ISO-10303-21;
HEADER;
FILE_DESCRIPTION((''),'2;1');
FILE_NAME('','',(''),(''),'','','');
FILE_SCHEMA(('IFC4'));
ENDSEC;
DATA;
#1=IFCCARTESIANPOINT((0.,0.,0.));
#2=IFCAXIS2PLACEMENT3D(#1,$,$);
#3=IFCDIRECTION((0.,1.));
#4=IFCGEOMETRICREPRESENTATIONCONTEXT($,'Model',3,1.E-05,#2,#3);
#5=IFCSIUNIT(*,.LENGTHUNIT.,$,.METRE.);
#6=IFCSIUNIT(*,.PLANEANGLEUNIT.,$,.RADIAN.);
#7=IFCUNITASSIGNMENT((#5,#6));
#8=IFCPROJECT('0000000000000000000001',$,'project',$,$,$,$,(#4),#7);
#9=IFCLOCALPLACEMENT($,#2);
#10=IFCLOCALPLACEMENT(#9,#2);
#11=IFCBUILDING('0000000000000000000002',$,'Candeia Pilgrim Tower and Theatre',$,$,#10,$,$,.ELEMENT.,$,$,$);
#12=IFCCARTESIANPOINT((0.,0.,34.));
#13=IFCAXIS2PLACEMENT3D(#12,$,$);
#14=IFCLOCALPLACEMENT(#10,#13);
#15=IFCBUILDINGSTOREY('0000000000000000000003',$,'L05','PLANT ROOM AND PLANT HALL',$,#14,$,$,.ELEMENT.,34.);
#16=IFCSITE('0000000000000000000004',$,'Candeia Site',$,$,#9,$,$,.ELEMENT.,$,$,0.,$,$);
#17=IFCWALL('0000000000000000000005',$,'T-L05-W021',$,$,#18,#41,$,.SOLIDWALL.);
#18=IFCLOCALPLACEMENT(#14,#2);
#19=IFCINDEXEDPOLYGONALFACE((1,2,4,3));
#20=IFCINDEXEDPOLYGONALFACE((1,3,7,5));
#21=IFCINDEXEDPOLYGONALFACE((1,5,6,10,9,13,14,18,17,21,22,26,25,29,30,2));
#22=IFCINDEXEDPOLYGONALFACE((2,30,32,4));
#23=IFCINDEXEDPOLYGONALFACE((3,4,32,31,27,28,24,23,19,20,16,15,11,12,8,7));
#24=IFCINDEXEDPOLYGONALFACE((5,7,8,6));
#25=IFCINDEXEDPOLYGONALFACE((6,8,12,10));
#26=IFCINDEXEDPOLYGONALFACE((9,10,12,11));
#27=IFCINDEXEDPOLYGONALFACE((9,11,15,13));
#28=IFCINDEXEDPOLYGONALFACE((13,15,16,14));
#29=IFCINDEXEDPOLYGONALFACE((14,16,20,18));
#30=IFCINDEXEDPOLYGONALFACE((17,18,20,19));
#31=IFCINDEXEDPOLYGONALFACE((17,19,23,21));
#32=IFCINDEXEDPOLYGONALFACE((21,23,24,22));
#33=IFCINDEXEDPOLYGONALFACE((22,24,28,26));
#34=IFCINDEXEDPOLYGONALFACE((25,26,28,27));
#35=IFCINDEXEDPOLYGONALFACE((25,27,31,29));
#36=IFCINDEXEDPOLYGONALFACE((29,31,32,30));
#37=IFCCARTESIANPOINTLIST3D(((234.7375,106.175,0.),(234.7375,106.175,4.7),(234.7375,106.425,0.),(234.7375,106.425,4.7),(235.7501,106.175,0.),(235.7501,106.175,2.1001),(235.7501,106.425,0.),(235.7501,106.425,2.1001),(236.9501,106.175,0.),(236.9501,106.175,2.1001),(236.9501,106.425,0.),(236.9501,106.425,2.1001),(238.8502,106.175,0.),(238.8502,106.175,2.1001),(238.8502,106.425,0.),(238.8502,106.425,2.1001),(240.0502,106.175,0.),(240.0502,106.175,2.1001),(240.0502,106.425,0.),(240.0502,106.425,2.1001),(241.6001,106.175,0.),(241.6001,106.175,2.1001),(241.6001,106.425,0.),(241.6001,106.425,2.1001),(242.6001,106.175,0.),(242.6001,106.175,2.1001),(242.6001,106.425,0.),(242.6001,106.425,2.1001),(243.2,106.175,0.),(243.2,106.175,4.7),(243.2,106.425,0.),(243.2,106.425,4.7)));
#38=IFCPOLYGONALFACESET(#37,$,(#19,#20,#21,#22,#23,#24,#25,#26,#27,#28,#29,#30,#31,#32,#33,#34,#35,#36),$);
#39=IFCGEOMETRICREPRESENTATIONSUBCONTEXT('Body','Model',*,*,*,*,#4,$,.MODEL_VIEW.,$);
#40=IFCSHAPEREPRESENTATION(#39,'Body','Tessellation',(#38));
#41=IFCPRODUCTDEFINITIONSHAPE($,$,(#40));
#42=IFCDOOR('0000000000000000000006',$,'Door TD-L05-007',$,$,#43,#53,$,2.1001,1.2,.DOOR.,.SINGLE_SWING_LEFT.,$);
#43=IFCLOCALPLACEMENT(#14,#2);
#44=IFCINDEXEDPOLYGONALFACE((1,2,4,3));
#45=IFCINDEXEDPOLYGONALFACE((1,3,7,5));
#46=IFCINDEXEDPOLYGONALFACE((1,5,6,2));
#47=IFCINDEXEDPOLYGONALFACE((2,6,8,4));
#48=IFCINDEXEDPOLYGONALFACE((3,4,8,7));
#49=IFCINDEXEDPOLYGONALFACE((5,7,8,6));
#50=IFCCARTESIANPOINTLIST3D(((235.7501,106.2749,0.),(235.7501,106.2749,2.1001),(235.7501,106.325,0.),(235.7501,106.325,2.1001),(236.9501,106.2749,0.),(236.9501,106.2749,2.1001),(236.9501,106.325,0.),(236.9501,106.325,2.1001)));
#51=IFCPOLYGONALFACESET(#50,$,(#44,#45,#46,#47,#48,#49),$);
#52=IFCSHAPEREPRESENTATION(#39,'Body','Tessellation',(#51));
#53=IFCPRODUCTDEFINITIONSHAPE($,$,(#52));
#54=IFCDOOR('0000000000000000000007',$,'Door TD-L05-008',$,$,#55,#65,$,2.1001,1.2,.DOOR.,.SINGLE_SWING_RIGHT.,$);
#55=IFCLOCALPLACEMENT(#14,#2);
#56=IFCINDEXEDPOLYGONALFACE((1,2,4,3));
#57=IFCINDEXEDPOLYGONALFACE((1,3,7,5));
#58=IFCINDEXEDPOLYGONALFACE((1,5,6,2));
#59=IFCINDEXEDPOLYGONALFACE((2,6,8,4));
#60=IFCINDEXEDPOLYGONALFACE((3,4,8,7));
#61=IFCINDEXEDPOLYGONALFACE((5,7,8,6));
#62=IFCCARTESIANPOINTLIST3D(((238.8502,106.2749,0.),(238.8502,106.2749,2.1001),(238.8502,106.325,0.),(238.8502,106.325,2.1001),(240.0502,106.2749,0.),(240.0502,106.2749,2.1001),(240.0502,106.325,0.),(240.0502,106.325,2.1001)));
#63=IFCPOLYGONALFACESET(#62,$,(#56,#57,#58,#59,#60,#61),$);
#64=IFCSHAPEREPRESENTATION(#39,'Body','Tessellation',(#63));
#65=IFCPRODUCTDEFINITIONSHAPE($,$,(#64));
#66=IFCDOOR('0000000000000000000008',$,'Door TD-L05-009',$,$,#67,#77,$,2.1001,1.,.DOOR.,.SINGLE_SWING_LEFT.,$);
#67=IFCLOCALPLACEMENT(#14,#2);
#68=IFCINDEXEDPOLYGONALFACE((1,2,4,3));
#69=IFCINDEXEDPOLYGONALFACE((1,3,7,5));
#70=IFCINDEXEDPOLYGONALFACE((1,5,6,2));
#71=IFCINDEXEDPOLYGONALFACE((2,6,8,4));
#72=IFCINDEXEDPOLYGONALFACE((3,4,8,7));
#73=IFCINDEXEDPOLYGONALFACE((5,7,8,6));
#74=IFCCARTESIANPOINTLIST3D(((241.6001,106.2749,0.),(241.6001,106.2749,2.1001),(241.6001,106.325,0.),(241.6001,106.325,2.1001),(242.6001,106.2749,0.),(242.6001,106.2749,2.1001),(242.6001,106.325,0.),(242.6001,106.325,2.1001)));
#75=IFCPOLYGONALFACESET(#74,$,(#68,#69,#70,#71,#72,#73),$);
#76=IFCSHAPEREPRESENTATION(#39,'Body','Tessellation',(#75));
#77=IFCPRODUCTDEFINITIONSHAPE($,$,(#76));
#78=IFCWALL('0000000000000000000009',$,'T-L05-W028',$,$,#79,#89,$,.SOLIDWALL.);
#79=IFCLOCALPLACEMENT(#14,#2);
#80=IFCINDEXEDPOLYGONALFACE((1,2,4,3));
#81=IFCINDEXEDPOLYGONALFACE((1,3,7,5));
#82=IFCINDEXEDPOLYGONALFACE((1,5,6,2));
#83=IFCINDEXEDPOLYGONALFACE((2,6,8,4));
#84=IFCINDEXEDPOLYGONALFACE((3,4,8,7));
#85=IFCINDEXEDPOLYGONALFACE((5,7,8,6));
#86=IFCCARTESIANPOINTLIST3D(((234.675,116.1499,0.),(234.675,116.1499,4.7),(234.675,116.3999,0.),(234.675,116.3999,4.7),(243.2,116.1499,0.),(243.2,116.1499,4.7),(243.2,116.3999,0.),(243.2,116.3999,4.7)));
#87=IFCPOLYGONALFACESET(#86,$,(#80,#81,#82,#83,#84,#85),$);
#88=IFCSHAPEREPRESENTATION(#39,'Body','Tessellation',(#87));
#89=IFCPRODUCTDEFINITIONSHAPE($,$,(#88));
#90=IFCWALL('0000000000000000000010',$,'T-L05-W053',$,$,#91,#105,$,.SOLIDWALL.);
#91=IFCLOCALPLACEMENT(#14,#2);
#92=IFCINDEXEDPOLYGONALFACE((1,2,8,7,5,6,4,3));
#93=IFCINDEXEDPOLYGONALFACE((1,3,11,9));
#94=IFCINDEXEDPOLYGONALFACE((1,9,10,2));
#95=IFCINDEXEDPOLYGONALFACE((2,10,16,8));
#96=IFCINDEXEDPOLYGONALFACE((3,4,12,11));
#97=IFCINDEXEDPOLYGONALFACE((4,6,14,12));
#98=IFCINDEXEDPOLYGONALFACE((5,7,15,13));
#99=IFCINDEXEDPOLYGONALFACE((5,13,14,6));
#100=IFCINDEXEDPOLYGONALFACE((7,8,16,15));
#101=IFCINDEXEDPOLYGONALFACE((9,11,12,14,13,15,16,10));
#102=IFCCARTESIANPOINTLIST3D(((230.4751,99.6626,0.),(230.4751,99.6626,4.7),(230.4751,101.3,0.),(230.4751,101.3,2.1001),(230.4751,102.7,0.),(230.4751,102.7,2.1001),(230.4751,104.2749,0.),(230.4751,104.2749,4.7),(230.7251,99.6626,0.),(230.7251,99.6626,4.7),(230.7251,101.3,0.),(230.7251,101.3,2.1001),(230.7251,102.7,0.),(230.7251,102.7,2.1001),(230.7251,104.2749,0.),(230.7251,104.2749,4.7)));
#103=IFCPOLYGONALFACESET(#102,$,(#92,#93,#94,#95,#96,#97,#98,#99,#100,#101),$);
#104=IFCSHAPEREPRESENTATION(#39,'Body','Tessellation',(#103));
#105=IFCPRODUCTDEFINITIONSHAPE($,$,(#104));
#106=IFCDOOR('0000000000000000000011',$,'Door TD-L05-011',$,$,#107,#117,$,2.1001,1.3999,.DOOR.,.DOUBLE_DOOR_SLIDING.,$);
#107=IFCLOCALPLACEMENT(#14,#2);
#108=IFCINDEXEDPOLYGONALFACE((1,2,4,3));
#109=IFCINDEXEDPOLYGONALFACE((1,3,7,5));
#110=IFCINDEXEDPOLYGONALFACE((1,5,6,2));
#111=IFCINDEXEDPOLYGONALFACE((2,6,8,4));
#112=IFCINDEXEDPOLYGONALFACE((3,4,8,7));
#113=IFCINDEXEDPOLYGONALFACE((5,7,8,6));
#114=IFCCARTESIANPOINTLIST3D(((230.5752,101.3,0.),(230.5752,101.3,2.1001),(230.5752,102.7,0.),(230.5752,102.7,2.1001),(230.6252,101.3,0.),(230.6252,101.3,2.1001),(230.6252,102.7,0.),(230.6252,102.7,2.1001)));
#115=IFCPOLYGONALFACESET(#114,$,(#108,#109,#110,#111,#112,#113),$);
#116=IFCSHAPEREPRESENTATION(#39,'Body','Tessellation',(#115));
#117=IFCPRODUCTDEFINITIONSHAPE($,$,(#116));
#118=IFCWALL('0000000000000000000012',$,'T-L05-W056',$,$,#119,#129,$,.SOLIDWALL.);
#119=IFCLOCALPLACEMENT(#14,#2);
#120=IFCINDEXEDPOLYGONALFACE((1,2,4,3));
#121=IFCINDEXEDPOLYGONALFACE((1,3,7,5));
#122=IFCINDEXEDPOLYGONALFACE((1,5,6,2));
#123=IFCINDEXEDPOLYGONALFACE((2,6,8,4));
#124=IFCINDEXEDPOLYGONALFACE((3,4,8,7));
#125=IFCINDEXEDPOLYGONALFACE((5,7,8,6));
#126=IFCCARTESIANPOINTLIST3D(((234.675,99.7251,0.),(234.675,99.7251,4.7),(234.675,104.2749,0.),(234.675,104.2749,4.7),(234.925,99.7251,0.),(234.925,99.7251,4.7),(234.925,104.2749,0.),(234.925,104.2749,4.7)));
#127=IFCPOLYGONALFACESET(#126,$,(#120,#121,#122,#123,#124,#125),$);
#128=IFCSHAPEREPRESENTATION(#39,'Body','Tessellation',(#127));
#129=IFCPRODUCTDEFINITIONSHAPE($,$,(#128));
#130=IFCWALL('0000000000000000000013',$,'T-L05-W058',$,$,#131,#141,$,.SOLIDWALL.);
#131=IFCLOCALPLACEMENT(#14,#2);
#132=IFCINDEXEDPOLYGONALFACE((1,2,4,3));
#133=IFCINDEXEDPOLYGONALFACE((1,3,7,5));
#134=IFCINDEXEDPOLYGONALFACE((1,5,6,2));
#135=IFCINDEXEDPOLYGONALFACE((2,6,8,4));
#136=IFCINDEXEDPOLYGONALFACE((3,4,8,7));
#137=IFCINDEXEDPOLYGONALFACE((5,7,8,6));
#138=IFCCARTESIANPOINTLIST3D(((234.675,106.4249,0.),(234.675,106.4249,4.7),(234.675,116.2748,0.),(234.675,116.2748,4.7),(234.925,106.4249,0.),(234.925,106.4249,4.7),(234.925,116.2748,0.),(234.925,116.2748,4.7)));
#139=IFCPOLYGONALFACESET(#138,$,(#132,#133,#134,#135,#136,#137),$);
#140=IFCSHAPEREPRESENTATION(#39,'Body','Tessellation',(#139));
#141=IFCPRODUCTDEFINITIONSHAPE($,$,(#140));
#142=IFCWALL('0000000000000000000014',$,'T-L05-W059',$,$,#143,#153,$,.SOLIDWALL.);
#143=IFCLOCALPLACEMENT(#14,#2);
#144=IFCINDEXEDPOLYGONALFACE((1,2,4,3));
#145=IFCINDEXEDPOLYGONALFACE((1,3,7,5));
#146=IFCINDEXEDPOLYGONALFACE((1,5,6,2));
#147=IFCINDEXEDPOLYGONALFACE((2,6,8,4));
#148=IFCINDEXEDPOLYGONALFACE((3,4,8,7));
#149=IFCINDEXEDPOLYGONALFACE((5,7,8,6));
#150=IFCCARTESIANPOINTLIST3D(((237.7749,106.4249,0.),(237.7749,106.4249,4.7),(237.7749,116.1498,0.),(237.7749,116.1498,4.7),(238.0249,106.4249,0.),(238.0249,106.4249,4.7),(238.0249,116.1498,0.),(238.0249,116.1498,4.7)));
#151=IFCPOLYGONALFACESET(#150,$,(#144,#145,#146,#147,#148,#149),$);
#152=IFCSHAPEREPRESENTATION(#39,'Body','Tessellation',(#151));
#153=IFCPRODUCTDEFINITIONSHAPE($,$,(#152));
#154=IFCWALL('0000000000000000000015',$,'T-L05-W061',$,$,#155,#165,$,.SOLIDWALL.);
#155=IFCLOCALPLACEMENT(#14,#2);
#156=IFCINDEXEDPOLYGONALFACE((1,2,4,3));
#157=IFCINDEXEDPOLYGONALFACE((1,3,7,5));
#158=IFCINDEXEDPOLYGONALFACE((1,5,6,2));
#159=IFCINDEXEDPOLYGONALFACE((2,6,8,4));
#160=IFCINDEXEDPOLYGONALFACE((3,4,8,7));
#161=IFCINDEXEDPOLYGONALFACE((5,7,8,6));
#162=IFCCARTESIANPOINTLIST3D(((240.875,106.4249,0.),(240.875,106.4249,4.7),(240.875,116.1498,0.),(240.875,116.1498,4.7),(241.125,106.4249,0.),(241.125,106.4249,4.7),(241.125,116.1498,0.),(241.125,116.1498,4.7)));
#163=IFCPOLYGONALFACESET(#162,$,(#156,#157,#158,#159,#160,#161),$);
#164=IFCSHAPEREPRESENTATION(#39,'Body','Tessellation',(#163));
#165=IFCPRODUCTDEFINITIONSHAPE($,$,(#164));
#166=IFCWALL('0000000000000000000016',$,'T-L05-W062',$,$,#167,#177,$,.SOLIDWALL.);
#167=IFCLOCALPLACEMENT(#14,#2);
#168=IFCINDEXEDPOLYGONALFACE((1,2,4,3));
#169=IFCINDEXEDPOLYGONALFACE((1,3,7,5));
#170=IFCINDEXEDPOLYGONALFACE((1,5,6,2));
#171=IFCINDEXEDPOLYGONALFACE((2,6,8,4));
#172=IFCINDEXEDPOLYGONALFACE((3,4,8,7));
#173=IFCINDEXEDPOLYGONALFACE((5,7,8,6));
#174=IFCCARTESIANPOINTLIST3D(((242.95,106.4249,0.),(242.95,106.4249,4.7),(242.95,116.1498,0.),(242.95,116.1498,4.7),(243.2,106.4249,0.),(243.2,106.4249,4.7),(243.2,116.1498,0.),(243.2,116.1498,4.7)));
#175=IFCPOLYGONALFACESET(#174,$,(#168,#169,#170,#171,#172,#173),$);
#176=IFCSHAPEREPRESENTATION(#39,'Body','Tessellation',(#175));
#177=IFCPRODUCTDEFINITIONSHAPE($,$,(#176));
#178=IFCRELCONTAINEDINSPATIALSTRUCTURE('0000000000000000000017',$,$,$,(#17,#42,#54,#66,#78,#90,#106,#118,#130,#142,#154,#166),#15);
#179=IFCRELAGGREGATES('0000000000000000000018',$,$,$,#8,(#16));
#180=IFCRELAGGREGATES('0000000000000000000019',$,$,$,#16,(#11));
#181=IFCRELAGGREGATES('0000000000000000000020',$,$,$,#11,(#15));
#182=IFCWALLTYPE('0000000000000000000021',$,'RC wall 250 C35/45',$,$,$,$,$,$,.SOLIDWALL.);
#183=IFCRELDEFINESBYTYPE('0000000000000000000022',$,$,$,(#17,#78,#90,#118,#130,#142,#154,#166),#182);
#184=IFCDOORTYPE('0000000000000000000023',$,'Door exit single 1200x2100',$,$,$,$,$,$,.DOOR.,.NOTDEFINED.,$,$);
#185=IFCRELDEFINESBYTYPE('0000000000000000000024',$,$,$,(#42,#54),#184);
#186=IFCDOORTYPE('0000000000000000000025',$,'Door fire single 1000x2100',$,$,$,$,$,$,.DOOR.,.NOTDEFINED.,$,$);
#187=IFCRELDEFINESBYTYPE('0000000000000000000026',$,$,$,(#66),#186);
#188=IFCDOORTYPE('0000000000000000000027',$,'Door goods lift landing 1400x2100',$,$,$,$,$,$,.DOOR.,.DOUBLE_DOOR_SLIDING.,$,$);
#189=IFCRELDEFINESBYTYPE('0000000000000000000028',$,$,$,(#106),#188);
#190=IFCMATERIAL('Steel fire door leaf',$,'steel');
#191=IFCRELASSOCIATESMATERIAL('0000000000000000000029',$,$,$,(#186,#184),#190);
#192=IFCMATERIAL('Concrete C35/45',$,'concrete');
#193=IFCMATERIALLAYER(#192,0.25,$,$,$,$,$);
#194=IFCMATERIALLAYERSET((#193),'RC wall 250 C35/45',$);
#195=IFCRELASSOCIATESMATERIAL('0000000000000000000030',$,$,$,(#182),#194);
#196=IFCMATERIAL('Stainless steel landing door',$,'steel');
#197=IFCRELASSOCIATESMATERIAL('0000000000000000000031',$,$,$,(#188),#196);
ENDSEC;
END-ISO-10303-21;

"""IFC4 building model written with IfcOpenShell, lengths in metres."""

from ifc_helpers import new_model, si_unit, direction, frame, frame_2d, origin, place, context, subcontext, project, spatial, rectangle, extrude, material, layer, layer_set, type_object, element, fill, save


model = new_model("IFC4")

# Units and contexts
model_context = context("Model", 3, precision=1e-05, world=origin(), true_north=direction((0.0, 1.0)))
body_context = subcontext(model_context, "Body", "Model", "MODEL_VIEW")
ifc_project = project(units=[si_unit("LENGTHUNIT", "METRE"), si_unit("PLANEANGLEUNIT", "RADIAN")], contexts=[model_context])

# Site, building, storey
site_placement = place(None, origin())
site = spatial("IfcSite", under=ifc_project, at=site_placement, Name="Candeia Site", CompositionType="ELEMENT", RefElevation=0.0)
building_placement = place(site_placement, origin())
building = spatial("IfcBuilding", under=site, at=building_placement, Name="Candeia Pilgrim Tower and Theatre", CompositionType="ELEMENT")
storey_placement = place(building_placement, frame((0.0, 0.0, 34.0)))
storey = spatial("IfcBuildingStorey", under=building, at=storey_placement, Name="L05", Description="PLANT ROOM AND PLANT HALL", CompositionType="ELEMENT", Elevation=34.0)

# Shared definitions
ifc_material_1 = material(Name="Steel fire door leaf", Category="steel")
door_type_1 = type_object("IfcDoorType", Name="Door fire single 1000x2100", OperationType="NOTDEFINED", PredefinedType="DOOR", material=ifc_material_1)

# Shared definitions
ifc_material_2 = material(Name="Concrete C35/45", Category="concrete")
ifc_layer_1 = layer(ifc_material_2, 0.25)
ifc_layer_set_1 = layer_set([ifc_layer_1], Name="RC wall 250 C35/45")
wall_type_1 = type_object("IfcWallType", Name="RC wall 250 C35/45", PredefinedType="SOLIDWALL", material=ifc_layer_set_1)

# Wall, openings, doors
wall_1_placement = place(storey_placement, frame((234.7375, 106.3, 0.0), z_axis=(0.0, 0.0, 1.0), x_axis=(1.0, 0.0, 0.0)))
wall_1 = element("IfcWall", 1, at=wall_1_placement, inside=storey, type_object=wall_type_1, Name="T-L05-W021", PredefinedType="SOLIDWALL", context=body_context, shape_type="SweptSolid", body=[
    extrude(rectangle(XDim=8.4624, YDim=0.25, at=frame_2d((4.2312, 0.0))), origin(), (0.0, 0.0, 1.0), 4.7),
])
opening_1_placement = place(wall_1_placement, frame((1.0125, 0.0, 0.0)))
opening_1 = element("IfcOpeningElement", 2, at=opening_1_placement, cuts=wall_1, PredefinedType="OPENING", context=body_context, shape_type="SweptSolid", body=[
    extrude(rectangle(XDim=1.2, YDim=2.1001, at=frame_2d((0.6001, 1.05))), frame((0.0, 0.135, 0.0), z_axis=(0.0, -1.0, 0.0), x_axis=(1.0, 0.0, 0.0)), (0.0, 0.0, 1.0), 0.27),
])
opening_2_placement = place(wall_1_placement, frame((4.1125, 0.0, 0.0)))
opening_2 = element("IfcOpeningElement", 3, at=opening_2_placement, cuts=wall_1, PredefinedType="OPENING", context=body_context, shape_type="SweptSolid", body=[
    extrude(rectangle(XDim=1.2, YDim=2.1001, at=frame_2d((0.6001, 1.05))), frame((0.0, 0.135, 0.0), z_axis=(0.0, -1.0, 0.0), x_axis=(1.0, 0.0, 0.0)), (0.0, 0.0, 1.0), 0.27),
])
opening_3_placement = place(wall_1_placement, frame((6.8625, 0.0, 0.0)))
opening_3 = element("IfcOpeningElement", 4, at=opening_3_placement, cuts=wall_1, PredefinedType="OPENING", context=body_context, shape_type="SweptSolid", body=[
    extrude(rectangle(XDim=1.0, YDim=2.1001, at=frame_2d((0.5, 1.05))), frame((0.0, 0.135, 0.0), z_axis=(0.0, -1.0, 0.0), x_axis=(1.0, 0.0, 0.0)), (0.0, 0.0, 1.0), 0.27),
])
door_type_2 = type_object("IfcDoorType", Name="Door exit single 1200x2100", OperationType="NOTDEFINED", PredefinedType="DOOR", material=ifc_material_1)
door_1_placement = place(opening_1_placement, origin())
door_1 = element("IfcDoor", 5, at=door_1_placement, inside=storey, type_object=door_type_2, Name="Door TD-L05-007", OperationType="SINGLE_SWING_LEFT", OverallHeight=2.1001, OverallWidth=1.2, PredefinedType="DOOR", context=body_context, shape_type="SweptSolid", body=[
    extrude(rectangle(XDim=1.2, YDim=2.1001, at=frame_2d((0.6001, 1.05))), frame((0.0, 0.0249, 0.0), z_axis=(0.0, -1.0, 0.0), x_axis=(1.0, 0.0, 0.0)), (0.0, 0.0, 1.0), 0.05),
])
fill(opening_1, door_1)
door_2_placement = place(opening_2_placement, origin())
door_2 = element("IfcDoor", 6, at=door_2_placement, inside=storey, type_object=door_type_2, Name="Door TD-L05-008", OperationType="SINGLE_SWING_RIGHT", OverallHeight=2.1001, OverallWidth=1.2, PredefinedType="DOOR", context=body_context, shape_type="SweptSolid", body=[
    extrude(rectangle(XDim=1.2, YDim=2.1001, at=frame_2d((0.6001, 1.05))), frame((0.0, 0.0249, 0.0), z_axis=(0.0, -1.0, 0.0), x_axis=(1.0, 0.0, 0.0)), (0.0, 0.0, 1.0), 0.05),
])
fill(opening_2, door_2)
door_3_placement = place(opening_3_placement, origin())
door_3 = element("IfcDoor", 7, at=door_3_placement, inside=storey, type_object=door_type_1, Name="Door TD-L05-009", OperationType="SINGLE_SWING_LEFT", OverallHeight=2.1001, OverallWidth=1.0, PredefinedType="DOOR", context=body_context, shape_type="SweptSolid", body=[
    extrude(rectangle(XDim=1.0, YDim=2.1001, at=frame_2d((0.5, 1.05))), frame((0.0, 0.0249, 0.0), z_axis=(0.0, -1.0, 0.0), x_axis=(1.0, 0.0, 0.0)), (0.0, 0.0, 1.0), 0.05),
])
fill(opening_3, door_3)

# Wall
wall_2_placement = place(storey_placement, frame((234.675, 116.2749, 0.0), z_axis=(0.0, 0.0, 1.0), x_axis=(1.0, 0.0, 0.0)))
element("IfcWall", 8, at=wall_2_placement, inside=storey, type_object=wall_type_1, Name="T-L05-W028", PredefinedType="SOLIDWALL", context=body_context, shape_type="SweptSolid", body=[
    extrude(rectangle(XDim=8.5249, YDim=0.25, at=frame_2d((4.2625, 0.0))), origin(), (0.0, 0.0, 1.0), 4.7),
])

# Wall, opening, door
wall_3_placement = place(storey_placement, frame((230.6001, 99.6626, 0.0), z_axis=(0.0, 0.0, 1.0), x_axis=(0.0, 1.0, 0.0)))
wall_3 = element("IfcWall", 9, at=wall_3_placement, inside=storey, type_object=wall_type_1, Name="T-L05-W053", PredefinedType="SOLIDWALL", context=body_context, shape_type="SweptSolid", body=[
    extrude(rectangle(XDim=4.6123, YDim=0.25, at=frame_2d((2.3062, 0.0))), origin(), (0.0, 0.0, 1.0), 4.7),
])
opening_4_placement = place(wall_3_placement, frame((1.6375, 0.0, 0.0)))
opening_4 = element("IfcOpeningElement", 10, at=opening_4_placement, cuts=wall_3, PredefinedType="OPENING", context=body_context, shape_type="SweptSolid", body=[
    extrude(rectangle(XDim=1.3999, YDim=2.1001, at=frame_2d((0.7, 1.05))), frame((0.0, 0.135, 0.0), z_axis=(0.0, -1.0, 0.0), x_axis=(1.0, 0.0, 0.0)), (0.0, 0.0, 1.0), 0.27),
])
ifc_material_3 = material(Name="Stainless steel landing door", Category="steel")
door_type_3 = type_object("IfcDoorType", Name="Door goods lift landing 1400x2100", OperationType="DOUBLE_DOOR_SLIDING", PredefinedType="DOOR", material=ifc_material_3)
door_4_placement = place(opening_4_placement, origin())
door_4 = element("IfcDoor", 11, at=door_4_placement, inside=storey, type_object=door_type_3, Name="Door TD-L05-011", OperationType="DOUBLE_DOOR_SLIDING", OverallHeight=2.1001, OverallWidth=1.3999, PredefinedType="DOOR", context=body_context, shape_type="SweptSolid", body=[
    extrude(rectangle(XDim=1.3999, YDim=2.1001, at=frame_2d((0.7, 1.05))), frame((0.0, 0.0249, 0.0), z_axis=(0.0, -1.0, 0.0), x_axis=(1.0, 0.0, 0.0)), (0.0, 0.0, 1.0), 0.05),
])
fill(opening_4, door_4)

# Walls
wall_4_placement = place(storey_placement, frame((234.8, 99.7251, 0.0), z_axis=(0.0, 0.0, 1.0), x_axis=(0.0, 1.0, 0.0)))
element("IfcWall", 12, at=wall_4_placement, inside=storey, type_object=wall_type_1, Name="T-L05-W056", PredefinedType="SOLIDWALL", context=body_context, shape_type="SweptSolid", body=[
    extrude(rectangle(XDim=4.5498, YDim=0.25, at=frame_2d((2.2749, 0.0))), origin(), (0.0, 0.0, 1.0), 4.7),
])
wall_5_placement = place(storey_placement, frame((234.8, 106.425, 0.0), z_axis=(0.0, 0.0, 1.0), x_axis=(0.0, 1.0, 0.0)))
element("IfcWall", 13, at=wall_5_placement, inside=storey, type_object=wall_type_1, Name="T-L05-W058", PredefinedType="SOLIDWALL", context=body_context, shape_type="SweptSolid", body=[
    extrude(rectangle(XDim=9.8499, YDim=0.25, at=frame_2d((4.9248, 0.0))), origin(), (0.0, 0.0, 1.0), 4.7),
])
for number, where, z_axis, x_axis, name in (
    (14, (237.8999, 106.425, 0.0), (0.0, 0.0, 1.0), (0.0, 1.0, 0.0), "T-L05-W059"),
    (15, (241.0, 106.425, 0.0), (0.0, 0.0, 1.0), (0.0, 1.0, 0.0), "T-L05-W061"),
    (16, (243.075, 106.425, 0.0), (0.0, 0.0, 1.0), (0.0, 1.0, 0.0), "T-L05-W062"),
):
    element("IfcWall", number, at=place(storey_placement, frame(where, z_axis=z_axis, x_axis=x_axis)), inside=storey, type_object=wall_type_1, Name=name, PredefinedType="SOLIDWALL", context=body_context, shape_type="SweptSolid", body=[
        extrude(rectangle(XDim=9.7249, YDim=0.25, at=frame_2d((4.8623, 0.0))), origin(), (0.0, 0.0, 1.0), 4.7),
    ])

save(model, "model.ifc")
